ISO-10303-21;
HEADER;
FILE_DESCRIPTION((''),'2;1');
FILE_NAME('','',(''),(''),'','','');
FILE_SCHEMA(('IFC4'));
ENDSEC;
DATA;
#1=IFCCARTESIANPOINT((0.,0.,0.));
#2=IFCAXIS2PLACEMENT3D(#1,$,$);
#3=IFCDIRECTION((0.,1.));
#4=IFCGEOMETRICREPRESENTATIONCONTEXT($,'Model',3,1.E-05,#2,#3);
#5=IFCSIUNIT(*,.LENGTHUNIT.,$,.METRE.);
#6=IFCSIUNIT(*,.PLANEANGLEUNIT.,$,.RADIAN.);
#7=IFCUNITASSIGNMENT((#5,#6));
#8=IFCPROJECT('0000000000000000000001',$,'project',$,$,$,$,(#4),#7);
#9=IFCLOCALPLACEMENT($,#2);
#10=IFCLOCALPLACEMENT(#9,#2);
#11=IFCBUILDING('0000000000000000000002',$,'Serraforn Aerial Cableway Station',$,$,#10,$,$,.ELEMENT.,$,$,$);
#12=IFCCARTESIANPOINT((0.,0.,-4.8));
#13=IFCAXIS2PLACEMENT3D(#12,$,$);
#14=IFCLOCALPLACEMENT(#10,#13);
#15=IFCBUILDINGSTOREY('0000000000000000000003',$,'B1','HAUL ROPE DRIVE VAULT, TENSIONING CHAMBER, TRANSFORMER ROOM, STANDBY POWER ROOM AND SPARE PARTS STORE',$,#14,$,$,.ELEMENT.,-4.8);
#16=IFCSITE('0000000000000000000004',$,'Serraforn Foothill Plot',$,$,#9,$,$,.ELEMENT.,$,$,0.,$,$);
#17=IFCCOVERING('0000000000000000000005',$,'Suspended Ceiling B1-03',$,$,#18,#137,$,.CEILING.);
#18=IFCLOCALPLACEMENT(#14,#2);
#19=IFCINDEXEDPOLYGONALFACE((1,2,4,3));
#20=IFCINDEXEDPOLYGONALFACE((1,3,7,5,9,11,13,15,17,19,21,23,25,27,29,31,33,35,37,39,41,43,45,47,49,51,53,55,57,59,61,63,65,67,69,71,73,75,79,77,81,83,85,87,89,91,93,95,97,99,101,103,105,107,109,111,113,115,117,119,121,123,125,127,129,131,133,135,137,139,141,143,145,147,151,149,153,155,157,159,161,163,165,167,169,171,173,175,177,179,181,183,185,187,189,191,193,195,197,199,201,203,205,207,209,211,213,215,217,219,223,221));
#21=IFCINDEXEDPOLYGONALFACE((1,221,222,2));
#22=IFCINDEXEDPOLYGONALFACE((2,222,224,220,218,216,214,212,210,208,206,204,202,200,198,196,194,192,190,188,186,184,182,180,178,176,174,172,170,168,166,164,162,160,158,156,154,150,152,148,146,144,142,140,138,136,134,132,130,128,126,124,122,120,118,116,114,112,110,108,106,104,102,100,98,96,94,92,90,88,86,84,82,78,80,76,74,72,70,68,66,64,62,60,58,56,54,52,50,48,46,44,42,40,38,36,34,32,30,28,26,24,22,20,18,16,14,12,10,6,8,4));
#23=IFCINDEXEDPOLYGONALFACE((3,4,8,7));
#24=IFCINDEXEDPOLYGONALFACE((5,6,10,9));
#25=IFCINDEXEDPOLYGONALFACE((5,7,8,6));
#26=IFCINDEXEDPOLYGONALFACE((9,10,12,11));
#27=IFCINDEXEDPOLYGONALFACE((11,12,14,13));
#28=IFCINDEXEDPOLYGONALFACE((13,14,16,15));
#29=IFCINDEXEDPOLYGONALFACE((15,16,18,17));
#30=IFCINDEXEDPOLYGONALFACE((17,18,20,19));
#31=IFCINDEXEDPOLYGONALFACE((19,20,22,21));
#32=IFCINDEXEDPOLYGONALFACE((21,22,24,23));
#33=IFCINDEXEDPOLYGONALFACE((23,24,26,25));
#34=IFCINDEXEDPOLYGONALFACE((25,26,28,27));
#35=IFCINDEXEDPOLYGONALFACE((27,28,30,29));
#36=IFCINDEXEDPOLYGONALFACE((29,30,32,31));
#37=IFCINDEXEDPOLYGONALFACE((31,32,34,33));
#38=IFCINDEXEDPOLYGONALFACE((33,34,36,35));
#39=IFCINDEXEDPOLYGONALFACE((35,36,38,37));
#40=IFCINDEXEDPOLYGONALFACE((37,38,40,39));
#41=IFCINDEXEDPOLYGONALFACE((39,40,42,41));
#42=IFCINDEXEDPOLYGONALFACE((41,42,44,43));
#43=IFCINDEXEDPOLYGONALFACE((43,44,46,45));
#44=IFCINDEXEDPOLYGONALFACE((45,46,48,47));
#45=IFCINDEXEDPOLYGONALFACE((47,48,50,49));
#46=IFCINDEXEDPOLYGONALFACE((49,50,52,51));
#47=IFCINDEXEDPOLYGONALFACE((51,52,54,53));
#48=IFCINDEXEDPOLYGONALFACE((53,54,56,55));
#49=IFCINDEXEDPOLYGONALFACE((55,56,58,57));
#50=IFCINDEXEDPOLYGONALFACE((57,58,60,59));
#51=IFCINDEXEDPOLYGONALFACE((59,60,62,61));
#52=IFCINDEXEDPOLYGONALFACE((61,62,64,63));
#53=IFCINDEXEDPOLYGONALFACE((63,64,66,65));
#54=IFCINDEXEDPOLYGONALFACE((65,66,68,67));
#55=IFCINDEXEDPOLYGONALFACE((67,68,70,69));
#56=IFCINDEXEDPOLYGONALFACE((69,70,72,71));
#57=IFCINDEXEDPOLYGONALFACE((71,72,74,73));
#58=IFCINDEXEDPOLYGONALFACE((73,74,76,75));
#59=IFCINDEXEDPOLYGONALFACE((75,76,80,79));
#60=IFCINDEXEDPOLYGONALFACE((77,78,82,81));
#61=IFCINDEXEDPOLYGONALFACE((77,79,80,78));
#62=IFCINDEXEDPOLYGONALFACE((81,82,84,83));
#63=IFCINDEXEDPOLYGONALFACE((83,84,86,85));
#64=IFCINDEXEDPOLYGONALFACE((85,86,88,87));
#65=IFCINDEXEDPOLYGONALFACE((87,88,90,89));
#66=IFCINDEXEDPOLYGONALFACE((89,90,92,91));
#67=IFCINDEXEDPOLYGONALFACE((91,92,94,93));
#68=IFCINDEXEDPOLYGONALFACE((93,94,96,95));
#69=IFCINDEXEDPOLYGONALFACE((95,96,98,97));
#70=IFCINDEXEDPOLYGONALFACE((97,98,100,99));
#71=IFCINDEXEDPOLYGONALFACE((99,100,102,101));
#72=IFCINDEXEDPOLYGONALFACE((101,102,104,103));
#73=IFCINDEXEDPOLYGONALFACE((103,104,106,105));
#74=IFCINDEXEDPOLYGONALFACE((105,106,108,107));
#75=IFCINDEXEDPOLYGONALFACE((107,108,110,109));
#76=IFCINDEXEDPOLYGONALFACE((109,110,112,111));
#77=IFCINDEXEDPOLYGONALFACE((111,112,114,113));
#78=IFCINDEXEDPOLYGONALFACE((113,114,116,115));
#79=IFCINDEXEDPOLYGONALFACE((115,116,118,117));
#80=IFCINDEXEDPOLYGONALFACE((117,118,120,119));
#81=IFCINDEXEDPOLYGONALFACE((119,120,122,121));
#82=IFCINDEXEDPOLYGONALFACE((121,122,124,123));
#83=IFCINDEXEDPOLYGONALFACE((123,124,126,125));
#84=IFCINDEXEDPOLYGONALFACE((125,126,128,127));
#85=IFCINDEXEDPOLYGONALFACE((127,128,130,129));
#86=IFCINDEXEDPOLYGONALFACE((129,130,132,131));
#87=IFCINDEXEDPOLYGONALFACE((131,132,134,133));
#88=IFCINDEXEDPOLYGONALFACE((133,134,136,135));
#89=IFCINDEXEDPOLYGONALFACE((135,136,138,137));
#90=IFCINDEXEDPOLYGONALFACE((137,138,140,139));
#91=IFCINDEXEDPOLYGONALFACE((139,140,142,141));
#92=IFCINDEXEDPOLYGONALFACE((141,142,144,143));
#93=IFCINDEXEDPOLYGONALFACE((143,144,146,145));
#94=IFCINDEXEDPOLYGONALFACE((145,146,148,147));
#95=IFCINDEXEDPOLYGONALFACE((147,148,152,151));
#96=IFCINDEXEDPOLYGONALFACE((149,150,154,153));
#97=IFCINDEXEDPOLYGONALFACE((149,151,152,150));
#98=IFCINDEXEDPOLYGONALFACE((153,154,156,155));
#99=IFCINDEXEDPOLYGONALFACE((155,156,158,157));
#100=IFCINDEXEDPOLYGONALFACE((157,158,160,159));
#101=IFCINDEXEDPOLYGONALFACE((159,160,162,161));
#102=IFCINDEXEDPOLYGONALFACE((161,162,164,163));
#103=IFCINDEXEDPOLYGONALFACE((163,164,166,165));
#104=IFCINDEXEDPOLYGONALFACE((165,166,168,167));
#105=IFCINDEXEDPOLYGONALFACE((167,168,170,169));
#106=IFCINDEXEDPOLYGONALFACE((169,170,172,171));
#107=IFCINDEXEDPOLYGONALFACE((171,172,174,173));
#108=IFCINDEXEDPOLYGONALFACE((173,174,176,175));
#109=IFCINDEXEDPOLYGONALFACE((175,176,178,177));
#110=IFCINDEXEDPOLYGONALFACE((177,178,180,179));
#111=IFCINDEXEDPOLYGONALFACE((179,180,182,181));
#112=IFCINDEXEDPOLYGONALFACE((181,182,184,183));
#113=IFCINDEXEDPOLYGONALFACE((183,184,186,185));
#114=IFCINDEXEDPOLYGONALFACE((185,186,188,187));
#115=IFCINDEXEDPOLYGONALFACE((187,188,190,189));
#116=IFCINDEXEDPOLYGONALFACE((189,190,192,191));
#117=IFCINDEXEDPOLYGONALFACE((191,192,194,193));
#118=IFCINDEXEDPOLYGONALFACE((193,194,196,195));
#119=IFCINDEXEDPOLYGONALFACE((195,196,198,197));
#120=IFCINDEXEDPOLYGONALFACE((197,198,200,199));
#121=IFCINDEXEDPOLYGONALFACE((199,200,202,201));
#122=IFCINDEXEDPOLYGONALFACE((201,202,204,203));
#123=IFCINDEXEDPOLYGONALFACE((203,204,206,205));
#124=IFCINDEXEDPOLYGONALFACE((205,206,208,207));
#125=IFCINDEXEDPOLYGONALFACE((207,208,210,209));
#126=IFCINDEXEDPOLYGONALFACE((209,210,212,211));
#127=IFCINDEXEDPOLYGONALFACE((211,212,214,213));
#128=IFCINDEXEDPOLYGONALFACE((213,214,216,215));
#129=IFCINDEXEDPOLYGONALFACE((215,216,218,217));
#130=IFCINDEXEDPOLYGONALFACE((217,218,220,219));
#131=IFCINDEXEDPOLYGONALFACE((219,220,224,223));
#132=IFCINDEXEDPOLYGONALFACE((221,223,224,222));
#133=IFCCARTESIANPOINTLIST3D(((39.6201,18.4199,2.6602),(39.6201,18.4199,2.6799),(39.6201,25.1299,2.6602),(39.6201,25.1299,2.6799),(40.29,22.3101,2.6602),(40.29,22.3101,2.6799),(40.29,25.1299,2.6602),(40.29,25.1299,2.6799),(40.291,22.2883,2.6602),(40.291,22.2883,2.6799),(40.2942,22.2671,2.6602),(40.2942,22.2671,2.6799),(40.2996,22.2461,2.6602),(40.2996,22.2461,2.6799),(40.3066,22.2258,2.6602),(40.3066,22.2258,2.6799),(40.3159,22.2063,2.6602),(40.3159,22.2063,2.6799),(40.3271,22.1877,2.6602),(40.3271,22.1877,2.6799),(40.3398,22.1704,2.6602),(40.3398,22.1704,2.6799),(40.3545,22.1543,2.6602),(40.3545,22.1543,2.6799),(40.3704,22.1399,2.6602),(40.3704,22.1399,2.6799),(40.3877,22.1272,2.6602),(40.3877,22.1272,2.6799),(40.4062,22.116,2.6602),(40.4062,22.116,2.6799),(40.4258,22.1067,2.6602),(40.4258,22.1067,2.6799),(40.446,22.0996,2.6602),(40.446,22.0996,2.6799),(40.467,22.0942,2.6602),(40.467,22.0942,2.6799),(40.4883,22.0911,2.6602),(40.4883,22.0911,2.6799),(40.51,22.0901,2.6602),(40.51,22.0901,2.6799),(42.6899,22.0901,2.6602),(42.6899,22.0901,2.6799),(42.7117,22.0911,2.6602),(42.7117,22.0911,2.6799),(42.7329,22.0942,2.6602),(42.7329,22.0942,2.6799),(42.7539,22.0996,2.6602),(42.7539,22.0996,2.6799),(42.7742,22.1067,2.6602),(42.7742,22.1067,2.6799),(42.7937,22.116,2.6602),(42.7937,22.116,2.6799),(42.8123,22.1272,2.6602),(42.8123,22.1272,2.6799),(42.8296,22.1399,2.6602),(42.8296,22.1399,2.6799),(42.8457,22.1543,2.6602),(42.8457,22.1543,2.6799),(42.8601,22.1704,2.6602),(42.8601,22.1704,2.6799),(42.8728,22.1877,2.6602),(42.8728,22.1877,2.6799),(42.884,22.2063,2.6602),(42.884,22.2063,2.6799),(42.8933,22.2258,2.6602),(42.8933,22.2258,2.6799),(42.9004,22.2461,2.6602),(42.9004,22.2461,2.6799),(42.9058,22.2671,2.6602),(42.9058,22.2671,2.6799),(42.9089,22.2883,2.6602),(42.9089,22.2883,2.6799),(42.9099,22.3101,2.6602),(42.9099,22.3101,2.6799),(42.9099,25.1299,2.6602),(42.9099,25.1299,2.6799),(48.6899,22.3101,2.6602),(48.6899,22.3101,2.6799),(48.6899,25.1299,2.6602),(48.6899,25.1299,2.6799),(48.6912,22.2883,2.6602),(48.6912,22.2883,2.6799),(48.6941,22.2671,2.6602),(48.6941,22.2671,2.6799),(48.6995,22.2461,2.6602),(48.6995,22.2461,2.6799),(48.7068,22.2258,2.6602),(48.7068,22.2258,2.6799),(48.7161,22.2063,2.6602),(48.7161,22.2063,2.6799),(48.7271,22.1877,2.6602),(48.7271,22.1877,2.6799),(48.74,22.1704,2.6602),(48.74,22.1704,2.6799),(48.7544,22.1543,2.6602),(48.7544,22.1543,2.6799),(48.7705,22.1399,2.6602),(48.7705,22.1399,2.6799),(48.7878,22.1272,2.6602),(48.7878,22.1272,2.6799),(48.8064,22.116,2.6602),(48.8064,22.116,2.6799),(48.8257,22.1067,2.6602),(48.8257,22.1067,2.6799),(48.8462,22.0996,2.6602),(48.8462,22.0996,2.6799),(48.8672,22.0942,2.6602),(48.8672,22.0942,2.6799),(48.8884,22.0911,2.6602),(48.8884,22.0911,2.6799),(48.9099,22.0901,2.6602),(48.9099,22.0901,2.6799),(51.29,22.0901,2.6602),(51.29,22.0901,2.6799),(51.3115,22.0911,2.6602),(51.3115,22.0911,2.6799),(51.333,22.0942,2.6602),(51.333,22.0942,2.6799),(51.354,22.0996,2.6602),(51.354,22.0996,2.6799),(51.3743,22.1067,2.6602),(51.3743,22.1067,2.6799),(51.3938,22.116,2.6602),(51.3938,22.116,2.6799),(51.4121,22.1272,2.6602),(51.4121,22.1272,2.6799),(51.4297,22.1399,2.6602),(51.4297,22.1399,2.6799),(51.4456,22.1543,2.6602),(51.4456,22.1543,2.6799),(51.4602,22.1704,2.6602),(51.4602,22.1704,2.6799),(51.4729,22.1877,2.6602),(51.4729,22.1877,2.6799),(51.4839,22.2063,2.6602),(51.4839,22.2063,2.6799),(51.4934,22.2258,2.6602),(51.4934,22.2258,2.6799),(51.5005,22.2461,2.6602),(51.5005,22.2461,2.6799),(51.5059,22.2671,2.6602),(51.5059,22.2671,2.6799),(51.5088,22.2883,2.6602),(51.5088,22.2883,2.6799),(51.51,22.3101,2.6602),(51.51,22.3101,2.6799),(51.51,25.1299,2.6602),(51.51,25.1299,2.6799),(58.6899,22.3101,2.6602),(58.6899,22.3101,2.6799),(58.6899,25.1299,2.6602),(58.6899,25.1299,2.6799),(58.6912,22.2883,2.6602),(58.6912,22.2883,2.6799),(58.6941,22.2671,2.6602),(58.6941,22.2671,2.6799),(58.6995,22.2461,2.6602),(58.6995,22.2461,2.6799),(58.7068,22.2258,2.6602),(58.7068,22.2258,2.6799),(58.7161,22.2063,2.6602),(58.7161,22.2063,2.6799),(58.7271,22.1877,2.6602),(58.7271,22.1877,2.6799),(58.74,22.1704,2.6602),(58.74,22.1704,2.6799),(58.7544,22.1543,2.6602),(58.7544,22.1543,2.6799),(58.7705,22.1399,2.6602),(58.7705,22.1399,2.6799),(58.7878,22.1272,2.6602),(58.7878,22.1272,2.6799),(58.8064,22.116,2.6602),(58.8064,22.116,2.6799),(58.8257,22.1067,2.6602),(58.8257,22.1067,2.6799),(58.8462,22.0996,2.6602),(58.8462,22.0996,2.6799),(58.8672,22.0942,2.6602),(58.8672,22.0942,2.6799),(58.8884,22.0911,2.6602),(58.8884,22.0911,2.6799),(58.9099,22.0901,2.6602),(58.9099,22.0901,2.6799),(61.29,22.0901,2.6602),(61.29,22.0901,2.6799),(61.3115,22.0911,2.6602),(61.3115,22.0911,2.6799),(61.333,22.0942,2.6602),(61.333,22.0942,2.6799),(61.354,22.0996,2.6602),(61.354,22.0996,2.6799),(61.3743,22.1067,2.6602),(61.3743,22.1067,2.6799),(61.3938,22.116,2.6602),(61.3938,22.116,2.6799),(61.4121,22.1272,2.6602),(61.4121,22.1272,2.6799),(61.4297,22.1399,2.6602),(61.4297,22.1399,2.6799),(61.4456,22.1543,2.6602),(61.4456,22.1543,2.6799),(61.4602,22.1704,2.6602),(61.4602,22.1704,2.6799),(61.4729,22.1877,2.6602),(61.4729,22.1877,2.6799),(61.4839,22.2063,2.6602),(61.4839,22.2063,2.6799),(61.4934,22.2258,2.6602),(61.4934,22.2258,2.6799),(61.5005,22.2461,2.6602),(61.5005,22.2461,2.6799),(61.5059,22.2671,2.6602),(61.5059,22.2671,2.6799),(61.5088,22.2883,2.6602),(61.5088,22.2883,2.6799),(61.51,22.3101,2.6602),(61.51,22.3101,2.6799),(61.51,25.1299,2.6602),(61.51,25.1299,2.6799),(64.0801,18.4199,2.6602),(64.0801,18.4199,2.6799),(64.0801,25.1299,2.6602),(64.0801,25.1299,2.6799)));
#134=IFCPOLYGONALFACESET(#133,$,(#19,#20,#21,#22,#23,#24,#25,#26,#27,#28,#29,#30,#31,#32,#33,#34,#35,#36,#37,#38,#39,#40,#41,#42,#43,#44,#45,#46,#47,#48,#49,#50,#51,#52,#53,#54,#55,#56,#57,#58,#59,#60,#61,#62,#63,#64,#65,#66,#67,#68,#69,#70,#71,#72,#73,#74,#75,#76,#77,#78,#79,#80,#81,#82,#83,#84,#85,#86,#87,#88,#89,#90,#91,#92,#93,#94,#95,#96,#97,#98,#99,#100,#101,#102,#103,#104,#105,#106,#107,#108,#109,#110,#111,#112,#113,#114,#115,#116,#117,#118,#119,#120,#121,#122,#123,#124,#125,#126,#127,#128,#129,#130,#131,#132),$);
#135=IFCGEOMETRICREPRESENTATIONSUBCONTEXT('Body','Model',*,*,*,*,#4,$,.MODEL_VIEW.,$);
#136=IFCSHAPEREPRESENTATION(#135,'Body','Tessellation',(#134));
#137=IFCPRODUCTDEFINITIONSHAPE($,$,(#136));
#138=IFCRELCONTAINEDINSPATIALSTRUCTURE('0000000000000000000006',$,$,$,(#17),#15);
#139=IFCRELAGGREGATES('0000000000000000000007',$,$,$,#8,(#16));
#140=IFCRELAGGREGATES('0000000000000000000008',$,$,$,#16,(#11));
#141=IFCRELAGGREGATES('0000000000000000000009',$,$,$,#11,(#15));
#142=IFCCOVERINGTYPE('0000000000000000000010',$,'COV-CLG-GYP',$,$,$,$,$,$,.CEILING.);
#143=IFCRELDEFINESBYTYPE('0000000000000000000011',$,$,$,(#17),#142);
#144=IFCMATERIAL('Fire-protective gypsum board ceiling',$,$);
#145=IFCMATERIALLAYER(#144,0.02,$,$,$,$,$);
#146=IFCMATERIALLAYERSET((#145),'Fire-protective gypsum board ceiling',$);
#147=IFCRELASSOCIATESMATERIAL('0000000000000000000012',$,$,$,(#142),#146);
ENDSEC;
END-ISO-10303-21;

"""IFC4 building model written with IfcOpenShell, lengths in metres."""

from ifc_helpers import new_model, si_unit, direction, frame, origin, place, context, subcontext, project, spatial, polyline, outline, extrude, material, layer, layer_set, type_object, element, save


model = new_model("IFC4")

# Units and contexts
model_context = context("Model", 3, precision=1e-05, world=origin(), true_north=direction((0.0, 1.0)))
body_context = subcontext(model_context, "Body", "Model", "MODEL_VIEW")
ifc_project = project(units=[si_unit("LENGTHUNIT", "METRE"), si_unit("PLANEANGLEUNIT", "RADIAN")], contexts=[model_context])

# Site, building, storey
site_placement = place(None, origin())
site = spatial("IfcSite", under=ifc_project, at=site_placement, Name="Serraforn Foothill Plot", CompositionType="ELEMENT", RefElevation=0.0)
building_placement = place(site_placement, origin())
building = spatial("IfcBuilding", under=site, at=building_placement, Name="Serraforn Aerial Cableway Station", CompositionType="ELEMENT")
storey_placement = place(building_placement, frame((0.0, 0.0, -4.8)))
storey = spatial("IfcBuildingStorey", under=building, at=storey_placement, Name="B1", Description="HAUL ROPE DRIVE VAULT, TENSIONING CHAMBER, TRANSFORMER ROOM, STANDBY POWER ROOM AND SPARE PARTS STORE", CompositionType="ELEMENT", Elevation=-4.8)

# Covering
ifc_material_1 = material(Name="Fire-protective gypsum board ceiling")
ifc_layer_1 = layer(ifc_material_1, 0.02)
ifc_layer_set_1 = layer_set([ifc_layer_1], Name="Fire-protective gypsum board ceiling")
covering_type_1 = type_object("IfcCoveringType", Name="COV-CLG-GYP", PredefinedType="CEILING", material=ifc_layer_set_1)
covering_1_placement = place(storey_placement, frame((0.0, 0.0, 2.6602)))
element("IfcCovering", 1, at=covering_1_placement, inside=storey, type_object=covering_type_1, Name="Suspended Ceiling B1-03", PredefinedType="CEILING", context=body_context, shape_type="SweptSolid", body=[
    extrude(outline(polyline([(39.6201, 18.4199), (39.6201, 25.1299), (40.29, 25.1299), (40.29, 22.3101), (40.291, 22.2883), (40.2942, 22.2671), (40.2996, 22.2461), (40.3066, 22.2258), (40.3159, 22.2063), (40.3271, 22.1877), (40.3398, 22.1704), (40.3545, 22.1543), (40.3704, 22.1399), (40.3877, 22.1272), (40.4062, 22.116), (40.4258, 22.1067), (40.446, 22.0996), (40.467, 22.0942), (40.4883, 22.0911), (40.51, 22.0901), (42.6899, 22.0901), (42.7117, 22.0911), (42.7329, 22.0942), (42.7539, 22.0996), (42.7742, 22.1067), (42.7937, 22.116), (42.8123, 22.1272), (42.8296, 22.1399), (42.8457, 22.1543), (42.8601, 22.1704), (42.8728, 22.1877), (42.884, 22.2063), (42.8933, 22.2258), (42.9004, 22.2461), (42.9058, 22.2671), (42.9089, 22.2883), (42.9099, 22.3101), (42.9099, 25.1299), (48.6899, 25.1299), (48.6899, 22.3101), (48.6912, 22.2883), (48.6941, 22.2671), (48.6995, 22.2461), (48.7068, 22.2258), (48.7161, 22.2063), (48.7271, 22.1877), (48.74, 22.1704), (48.7544, 22.1543), (48.7705, 22.1399), (48.7878, 22.1272), (48.8064, 22.116), (48.8257, 22.1067), (48.8462, 22.0996), (48.8672, 22.0942), (48.8884, 22.0911), (48.9099, 22.0901), (51.29, 22.0901), (51.3115, 22.0911), (51.333, 22.0942), (51.354, 22.0996), (51.3743, 22.1067), (51.3938, 22.116), (51.4121, 22.1272), (51.4297, 22.1399), (51.4456, 22.1543), (51.4602, 22.1704), (51.4729, 22.1877), (51.4839, 22.2063), (51.4934, 22.2258), (51.5005, 22.2461), (51.5059, 22.2671), (51.5088, 22.2883), (51.51, 22.3101), (51.51, 25.1299), (58.6899, 25.1299), (58.6899, 22.3101), (58.6912, 22.2883), (58.6941, 22.2671), (58.6995, 22.2461), (58.7068, 22.2258), (58.7161, 22.2063), (58.7271, 22.1877), (58.74, 22.1704), (58.7544, 22.1543), (58.7705, 22.1399), (58.7878, 22.1272), (58.8064, 22.116), (58.8257, 22.1067), (58.8462, 22.0996), (58.8672, 22.0942), (58.8884, 22.0911), (58.9099, 22.0901), (61.29, 22.0901), (61.3115, 22.0911), (61.333, 22.0942), (61.354, 22.0996), (61.3743, 22.1067), (61.3938, 22.116), (61.4121, 22.1272), (61.4297, 22.1399), (61.4456, 22.1543), (61.4602, 22.1704), (61.4729, 22.1877), (61.4839, 22.2063), (61.4934, 22.2258), (61.5005, 22.2461), (61.5059, 22.2671), (61.5088, 22.2883), (61.51, 22.3101), (61.51, 25.1299), (64.0801, 25.1299), (64.0801, 18.4199), (39.6201, 18.4199)])), origin(), (0.0, 0.0, 1.0), 0.0198),
])

save(model, "model.ifc")
